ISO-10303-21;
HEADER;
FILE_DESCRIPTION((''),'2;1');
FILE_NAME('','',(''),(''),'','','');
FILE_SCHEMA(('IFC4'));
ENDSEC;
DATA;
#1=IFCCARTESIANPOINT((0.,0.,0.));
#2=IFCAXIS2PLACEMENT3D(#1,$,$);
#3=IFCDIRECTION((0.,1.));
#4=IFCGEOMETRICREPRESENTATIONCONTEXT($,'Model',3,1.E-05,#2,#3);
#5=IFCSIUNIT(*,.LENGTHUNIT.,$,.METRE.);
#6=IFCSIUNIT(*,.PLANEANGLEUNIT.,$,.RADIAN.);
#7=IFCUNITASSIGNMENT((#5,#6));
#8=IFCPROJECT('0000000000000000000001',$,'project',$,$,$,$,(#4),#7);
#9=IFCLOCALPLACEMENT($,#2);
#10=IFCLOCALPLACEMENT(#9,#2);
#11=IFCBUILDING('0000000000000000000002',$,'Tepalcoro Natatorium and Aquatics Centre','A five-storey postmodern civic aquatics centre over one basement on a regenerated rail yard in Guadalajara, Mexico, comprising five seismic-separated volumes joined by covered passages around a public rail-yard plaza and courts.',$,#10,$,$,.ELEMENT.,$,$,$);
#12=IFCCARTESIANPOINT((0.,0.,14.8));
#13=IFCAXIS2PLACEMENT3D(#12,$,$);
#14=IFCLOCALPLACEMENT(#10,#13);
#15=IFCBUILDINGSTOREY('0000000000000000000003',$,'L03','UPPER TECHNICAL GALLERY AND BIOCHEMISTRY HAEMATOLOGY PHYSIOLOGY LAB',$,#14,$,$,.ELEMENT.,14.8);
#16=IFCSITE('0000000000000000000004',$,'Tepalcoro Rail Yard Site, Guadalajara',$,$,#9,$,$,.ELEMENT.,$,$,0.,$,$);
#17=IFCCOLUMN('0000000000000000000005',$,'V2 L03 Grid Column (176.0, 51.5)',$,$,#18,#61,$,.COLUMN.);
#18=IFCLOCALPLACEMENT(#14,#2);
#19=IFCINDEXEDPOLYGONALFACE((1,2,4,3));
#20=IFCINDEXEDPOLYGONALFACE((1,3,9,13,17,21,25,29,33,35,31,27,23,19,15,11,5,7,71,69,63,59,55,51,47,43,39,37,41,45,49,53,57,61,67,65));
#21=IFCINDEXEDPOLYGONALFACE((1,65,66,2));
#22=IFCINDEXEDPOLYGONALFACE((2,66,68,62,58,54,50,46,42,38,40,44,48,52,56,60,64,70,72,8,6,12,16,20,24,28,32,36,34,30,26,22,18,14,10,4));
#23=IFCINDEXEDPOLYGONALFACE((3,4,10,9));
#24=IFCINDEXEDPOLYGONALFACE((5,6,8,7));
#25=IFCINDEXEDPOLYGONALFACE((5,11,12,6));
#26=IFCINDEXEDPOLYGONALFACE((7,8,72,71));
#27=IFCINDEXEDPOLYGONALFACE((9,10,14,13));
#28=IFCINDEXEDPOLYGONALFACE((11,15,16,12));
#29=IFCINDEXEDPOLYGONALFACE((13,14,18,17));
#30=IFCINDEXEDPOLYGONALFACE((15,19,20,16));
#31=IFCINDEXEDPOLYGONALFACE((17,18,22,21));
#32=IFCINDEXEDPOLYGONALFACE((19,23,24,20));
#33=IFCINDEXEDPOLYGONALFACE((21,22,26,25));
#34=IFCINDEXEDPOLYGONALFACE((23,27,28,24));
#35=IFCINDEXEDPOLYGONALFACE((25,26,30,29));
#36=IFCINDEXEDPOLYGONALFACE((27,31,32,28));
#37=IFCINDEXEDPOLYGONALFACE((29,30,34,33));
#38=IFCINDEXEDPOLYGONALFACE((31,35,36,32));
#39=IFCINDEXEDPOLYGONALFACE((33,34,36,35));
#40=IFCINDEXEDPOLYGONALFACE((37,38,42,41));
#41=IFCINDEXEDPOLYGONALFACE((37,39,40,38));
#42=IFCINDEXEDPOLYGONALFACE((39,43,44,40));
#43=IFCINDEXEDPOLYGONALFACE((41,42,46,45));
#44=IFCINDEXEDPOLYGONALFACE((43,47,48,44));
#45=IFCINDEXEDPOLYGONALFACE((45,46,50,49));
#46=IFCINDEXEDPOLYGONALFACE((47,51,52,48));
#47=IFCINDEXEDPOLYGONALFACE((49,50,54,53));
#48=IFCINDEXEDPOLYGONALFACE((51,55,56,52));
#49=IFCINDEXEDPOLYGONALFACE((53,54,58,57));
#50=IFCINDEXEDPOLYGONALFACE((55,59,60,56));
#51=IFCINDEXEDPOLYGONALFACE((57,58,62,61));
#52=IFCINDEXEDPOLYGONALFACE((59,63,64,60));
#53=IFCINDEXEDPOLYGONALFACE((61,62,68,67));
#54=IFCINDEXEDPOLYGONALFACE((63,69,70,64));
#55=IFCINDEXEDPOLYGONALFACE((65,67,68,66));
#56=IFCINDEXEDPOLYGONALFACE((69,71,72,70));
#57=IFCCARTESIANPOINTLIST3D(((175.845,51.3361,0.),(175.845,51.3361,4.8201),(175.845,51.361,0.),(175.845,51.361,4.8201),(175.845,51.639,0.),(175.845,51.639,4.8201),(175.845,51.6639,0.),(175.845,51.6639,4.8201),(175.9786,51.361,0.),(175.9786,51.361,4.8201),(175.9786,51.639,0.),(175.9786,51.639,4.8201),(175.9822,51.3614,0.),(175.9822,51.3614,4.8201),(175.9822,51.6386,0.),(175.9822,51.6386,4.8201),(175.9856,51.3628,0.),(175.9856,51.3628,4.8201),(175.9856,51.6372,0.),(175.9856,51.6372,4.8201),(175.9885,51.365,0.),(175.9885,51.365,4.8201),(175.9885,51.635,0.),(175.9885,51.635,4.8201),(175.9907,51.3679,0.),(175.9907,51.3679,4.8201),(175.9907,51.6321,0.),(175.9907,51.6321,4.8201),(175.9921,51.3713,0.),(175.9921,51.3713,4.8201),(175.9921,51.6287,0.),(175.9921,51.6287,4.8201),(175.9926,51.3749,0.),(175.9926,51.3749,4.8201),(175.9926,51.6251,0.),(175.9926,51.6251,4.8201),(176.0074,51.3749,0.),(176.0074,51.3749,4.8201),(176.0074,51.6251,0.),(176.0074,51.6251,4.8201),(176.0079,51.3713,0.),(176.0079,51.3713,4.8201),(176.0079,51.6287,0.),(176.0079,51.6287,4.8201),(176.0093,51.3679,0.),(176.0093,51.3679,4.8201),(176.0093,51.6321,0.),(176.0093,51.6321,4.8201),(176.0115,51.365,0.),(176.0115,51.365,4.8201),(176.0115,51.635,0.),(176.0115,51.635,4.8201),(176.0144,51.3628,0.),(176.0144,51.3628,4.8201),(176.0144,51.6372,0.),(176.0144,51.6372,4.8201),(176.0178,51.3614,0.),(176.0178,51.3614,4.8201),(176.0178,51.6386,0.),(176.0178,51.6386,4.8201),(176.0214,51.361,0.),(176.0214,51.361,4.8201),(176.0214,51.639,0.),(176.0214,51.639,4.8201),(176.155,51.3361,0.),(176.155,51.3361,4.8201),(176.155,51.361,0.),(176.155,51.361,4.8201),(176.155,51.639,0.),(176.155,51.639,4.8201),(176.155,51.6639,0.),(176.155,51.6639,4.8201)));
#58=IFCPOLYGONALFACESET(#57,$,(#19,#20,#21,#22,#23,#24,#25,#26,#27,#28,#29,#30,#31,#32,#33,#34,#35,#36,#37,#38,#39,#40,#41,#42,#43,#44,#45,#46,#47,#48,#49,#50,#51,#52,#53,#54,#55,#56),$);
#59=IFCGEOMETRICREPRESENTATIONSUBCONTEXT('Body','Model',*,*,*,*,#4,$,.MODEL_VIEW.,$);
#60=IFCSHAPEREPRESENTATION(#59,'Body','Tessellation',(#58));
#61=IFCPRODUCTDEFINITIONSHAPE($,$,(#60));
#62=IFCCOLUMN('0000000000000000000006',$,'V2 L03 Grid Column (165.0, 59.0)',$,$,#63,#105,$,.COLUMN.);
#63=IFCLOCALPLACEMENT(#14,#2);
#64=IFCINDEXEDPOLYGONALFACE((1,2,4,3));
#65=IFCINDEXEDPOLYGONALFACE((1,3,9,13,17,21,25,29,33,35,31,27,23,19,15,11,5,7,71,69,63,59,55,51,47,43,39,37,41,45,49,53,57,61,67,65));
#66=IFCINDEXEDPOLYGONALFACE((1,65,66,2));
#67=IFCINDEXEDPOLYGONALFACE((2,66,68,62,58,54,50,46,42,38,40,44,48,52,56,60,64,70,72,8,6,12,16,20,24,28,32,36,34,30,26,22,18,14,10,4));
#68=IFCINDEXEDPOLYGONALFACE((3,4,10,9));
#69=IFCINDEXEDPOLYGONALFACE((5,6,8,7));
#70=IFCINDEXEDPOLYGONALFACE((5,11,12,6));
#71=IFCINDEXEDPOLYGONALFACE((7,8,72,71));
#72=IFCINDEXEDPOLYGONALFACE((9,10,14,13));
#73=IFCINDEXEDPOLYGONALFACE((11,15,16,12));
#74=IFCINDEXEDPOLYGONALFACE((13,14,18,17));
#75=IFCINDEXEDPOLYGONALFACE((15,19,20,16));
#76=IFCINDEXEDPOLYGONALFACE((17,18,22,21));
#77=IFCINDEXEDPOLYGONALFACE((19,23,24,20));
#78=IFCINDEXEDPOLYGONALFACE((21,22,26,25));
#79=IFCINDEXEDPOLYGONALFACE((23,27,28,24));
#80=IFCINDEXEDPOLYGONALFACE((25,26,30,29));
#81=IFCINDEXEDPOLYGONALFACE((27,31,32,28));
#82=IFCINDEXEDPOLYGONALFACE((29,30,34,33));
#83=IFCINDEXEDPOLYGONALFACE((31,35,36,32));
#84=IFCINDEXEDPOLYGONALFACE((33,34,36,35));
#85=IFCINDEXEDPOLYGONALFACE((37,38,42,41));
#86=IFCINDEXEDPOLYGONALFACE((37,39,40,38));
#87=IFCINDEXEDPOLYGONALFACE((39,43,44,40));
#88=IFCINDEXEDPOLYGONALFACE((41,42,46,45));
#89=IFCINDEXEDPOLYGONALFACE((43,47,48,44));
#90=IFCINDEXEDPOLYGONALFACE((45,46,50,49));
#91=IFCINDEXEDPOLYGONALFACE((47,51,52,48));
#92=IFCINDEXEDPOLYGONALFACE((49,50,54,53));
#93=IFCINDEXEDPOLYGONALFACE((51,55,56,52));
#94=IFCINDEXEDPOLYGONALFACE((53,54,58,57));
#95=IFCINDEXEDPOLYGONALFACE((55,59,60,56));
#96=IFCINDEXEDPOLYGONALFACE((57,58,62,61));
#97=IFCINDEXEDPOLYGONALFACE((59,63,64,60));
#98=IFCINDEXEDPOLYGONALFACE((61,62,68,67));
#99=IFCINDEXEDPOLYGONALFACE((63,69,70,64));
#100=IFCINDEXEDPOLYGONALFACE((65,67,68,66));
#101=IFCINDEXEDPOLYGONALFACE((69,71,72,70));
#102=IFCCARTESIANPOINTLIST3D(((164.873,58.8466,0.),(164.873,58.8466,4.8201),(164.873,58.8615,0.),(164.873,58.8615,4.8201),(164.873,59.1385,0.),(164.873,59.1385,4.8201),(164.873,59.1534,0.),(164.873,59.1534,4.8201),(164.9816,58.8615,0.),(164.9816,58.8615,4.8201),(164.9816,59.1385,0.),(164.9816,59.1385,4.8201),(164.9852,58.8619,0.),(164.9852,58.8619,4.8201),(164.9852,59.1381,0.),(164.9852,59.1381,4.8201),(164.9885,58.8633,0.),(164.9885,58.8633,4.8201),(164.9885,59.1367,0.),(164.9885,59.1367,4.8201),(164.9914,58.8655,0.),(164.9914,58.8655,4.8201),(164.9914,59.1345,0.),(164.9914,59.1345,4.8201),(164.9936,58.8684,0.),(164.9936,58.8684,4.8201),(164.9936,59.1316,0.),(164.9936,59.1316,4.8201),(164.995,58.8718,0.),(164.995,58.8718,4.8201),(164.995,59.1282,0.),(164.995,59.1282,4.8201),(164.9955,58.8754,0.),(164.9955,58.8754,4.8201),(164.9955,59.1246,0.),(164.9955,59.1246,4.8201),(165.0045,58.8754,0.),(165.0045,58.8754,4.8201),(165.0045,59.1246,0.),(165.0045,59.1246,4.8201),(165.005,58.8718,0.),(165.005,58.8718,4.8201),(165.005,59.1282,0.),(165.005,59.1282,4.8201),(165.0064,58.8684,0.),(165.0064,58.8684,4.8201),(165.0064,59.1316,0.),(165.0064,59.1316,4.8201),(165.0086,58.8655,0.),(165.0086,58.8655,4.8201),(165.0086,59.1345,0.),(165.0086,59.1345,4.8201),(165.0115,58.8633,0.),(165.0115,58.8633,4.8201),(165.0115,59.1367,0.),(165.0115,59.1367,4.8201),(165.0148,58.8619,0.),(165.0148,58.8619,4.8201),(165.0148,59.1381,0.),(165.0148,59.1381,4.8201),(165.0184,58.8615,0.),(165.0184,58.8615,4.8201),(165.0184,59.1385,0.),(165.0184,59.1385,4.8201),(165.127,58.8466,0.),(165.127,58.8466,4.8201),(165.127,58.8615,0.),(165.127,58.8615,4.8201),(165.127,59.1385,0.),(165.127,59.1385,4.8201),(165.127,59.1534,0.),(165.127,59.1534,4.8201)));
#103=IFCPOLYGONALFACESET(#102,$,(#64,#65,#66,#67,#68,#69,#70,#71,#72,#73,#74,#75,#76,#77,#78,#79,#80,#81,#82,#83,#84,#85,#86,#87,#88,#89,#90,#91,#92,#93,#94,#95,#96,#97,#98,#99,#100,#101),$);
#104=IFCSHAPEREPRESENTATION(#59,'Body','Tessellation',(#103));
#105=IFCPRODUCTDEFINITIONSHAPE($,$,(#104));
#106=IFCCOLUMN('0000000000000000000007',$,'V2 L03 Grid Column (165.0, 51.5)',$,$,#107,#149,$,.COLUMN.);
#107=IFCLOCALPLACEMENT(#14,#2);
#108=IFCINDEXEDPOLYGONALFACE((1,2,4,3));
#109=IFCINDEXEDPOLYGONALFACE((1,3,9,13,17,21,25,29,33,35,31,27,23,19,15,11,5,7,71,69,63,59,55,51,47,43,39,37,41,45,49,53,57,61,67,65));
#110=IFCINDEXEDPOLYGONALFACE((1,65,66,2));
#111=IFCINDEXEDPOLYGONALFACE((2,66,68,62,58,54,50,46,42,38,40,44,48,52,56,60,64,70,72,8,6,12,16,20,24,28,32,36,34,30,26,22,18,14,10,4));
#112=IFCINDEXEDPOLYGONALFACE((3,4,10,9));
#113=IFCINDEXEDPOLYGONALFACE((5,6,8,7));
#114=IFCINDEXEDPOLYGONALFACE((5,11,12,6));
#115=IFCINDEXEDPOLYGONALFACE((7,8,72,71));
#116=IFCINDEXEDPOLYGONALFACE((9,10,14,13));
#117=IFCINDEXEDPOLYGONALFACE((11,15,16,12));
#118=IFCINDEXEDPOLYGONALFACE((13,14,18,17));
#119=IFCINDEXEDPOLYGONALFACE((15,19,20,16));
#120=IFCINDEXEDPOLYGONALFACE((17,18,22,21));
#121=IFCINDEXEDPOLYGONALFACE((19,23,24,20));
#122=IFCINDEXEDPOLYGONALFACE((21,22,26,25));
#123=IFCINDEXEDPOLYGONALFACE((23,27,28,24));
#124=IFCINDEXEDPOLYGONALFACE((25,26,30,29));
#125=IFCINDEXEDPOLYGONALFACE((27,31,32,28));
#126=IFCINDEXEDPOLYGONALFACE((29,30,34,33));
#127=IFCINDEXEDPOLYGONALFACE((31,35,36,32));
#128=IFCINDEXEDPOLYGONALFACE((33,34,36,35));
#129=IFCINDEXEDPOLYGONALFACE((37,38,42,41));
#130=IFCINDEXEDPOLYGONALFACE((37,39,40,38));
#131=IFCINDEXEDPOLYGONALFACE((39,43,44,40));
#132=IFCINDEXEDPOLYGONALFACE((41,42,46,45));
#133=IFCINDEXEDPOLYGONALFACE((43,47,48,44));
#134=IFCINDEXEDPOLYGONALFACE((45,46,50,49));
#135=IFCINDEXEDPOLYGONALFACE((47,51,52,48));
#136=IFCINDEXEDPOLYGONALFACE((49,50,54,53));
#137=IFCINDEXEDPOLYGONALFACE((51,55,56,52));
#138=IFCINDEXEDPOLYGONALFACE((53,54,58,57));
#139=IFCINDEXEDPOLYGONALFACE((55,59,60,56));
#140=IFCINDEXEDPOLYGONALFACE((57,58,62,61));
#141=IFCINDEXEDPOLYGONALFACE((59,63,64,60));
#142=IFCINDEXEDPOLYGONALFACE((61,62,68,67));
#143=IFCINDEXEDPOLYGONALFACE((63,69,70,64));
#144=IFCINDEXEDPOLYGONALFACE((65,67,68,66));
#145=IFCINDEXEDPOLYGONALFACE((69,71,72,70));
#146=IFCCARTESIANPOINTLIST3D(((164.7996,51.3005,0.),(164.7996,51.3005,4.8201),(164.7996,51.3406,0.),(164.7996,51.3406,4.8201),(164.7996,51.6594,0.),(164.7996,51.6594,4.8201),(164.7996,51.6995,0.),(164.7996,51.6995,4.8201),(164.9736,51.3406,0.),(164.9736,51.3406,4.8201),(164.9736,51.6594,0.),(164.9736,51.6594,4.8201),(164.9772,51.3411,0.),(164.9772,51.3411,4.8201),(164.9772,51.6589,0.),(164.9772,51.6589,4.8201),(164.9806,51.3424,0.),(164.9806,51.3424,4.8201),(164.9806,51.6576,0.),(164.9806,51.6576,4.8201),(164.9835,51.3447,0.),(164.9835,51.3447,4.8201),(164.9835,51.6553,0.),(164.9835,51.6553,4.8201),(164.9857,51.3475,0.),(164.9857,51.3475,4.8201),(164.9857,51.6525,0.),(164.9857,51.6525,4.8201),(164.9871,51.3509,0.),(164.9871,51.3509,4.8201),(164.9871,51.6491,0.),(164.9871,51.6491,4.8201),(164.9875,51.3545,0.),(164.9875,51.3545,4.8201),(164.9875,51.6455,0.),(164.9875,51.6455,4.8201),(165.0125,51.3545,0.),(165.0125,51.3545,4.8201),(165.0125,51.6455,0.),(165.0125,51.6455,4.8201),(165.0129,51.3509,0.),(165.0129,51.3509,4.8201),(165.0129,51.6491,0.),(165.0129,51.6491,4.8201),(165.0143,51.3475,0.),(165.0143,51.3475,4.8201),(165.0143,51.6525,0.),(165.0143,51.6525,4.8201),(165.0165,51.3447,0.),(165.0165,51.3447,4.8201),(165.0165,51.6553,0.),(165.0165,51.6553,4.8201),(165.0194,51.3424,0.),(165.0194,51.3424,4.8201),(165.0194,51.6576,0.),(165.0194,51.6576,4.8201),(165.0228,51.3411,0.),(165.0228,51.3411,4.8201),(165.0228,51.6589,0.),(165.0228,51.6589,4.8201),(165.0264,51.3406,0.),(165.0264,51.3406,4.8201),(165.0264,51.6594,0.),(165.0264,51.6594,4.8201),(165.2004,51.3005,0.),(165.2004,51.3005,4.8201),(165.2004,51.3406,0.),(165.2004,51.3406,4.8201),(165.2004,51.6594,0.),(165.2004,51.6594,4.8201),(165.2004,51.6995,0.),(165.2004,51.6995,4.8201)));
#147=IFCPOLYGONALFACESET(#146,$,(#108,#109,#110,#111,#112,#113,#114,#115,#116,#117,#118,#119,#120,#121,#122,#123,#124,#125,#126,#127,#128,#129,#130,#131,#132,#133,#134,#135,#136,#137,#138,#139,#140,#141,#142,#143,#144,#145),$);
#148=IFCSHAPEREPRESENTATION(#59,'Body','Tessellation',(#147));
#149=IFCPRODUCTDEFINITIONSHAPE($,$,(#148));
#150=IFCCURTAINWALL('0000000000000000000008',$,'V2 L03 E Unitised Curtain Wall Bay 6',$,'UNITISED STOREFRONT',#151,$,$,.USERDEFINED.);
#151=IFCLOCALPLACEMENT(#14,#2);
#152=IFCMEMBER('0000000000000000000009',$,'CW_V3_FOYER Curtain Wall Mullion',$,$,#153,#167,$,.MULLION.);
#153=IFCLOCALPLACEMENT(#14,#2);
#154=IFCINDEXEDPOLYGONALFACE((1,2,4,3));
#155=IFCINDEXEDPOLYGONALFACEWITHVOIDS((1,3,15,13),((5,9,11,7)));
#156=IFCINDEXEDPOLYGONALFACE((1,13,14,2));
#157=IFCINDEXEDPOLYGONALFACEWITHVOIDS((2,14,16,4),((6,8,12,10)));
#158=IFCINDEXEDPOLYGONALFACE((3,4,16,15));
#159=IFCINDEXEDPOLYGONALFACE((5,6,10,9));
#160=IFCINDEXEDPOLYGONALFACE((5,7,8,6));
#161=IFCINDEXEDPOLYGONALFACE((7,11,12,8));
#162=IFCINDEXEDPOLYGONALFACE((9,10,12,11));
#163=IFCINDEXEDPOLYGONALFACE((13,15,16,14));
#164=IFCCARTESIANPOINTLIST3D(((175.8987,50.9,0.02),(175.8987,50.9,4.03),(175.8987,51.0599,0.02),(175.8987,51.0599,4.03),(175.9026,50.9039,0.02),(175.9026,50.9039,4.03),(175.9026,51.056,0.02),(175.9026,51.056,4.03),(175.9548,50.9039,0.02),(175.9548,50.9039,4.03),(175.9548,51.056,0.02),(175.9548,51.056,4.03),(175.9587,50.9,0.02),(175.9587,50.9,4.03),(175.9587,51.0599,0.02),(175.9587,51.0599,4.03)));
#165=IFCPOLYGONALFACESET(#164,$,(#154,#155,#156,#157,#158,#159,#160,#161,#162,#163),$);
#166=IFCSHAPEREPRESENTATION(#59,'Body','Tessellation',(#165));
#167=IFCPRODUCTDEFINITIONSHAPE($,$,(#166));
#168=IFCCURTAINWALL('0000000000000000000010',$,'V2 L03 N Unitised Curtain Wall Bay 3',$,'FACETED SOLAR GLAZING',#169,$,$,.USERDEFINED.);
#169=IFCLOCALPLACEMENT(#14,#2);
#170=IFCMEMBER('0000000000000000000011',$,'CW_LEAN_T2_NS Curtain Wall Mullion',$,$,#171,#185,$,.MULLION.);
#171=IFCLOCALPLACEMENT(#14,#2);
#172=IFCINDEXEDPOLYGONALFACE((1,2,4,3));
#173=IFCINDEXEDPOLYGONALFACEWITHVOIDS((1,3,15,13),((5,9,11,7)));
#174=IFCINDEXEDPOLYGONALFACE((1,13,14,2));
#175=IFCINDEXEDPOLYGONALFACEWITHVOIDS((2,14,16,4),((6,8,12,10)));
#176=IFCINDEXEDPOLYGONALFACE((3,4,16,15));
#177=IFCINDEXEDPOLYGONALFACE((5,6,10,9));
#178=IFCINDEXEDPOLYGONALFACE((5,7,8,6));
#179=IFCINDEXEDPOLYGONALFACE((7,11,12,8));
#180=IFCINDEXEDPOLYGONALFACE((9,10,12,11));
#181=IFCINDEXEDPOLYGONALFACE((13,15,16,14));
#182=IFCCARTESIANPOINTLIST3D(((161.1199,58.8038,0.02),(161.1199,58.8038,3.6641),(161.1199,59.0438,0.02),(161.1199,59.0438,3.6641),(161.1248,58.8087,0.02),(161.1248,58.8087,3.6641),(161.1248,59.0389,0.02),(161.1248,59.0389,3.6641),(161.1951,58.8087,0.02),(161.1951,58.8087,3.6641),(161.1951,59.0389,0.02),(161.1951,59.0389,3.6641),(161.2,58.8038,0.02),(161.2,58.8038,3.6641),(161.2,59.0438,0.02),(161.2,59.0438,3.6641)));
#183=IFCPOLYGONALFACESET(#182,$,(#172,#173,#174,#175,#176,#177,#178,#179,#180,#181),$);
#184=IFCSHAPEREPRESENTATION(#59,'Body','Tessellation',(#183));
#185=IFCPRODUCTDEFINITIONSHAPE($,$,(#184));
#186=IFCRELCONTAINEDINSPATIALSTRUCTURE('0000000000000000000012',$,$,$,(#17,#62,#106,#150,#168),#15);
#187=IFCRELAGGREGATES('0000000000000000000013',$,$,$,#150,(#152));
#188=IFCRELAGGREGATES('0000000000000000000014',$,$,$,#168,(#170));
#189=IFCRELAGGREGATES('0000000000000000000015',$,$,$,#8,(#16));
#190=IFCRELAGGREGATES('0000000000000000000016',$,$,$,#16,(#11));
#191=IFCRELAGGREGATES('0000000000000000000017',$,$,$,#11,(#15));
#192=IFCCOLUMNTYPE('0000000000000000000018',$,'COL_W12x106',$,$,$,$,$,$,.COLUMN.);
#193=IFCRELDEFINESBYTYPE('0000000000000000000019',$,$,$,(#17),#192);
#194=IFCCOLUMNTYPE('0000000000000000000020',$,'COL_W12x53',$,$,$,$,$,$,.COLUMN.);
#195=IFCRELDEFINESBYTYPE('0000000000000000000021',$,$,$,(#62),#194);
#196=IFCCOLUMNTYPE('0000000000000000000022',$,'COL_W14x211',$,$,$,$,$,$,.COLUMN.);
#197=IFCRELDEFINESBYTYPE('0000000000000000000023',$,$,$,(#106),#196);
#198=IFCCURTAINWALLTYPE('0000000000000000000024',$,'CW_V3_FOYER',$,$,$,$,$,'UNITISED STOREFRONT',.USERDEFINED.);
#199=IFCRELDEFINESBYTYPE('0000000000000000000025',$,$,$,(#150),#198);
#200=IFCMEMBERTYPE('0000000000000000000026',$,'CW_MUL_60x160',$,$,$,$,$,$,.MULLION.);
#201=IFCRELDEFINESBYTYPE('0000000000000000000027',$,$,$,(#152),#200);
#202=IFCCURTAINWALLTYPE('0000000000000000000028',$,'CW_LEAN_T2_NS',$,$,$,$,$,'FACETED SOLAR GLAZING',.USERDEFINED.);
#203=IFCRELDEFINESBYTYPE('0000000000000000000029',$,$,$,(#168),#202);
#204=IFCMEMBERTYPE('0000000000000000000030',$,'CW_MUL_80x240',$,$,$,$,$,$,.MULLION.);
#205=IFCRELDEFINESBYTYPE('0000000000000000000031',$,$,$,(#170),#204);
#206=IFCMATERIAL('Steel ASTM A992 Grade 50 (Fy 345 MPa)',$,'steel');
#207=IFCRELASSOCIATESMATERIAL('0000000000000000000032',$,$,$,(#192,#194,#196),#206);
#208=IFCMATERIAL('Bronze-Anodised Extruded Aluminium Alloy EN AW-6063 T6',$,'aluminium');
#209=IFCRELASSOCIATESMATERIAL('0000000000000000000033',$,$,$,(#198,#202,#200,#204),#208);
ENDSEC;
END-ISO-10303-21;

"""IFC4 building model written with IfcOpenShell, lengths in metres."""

from ifc_helpers import new_model, si_unit, direction, frame, origin, origin_2d, place, context, subcontext, project, spatial, hollow_rectangle, i_section, extrude, material, material_profile, profile_set, type_object, element, aggregate, save


model = new_model("IFC4")

# Units and contexts
model_context = context("Model", 3, precision=1e-05, world=origin(), true_north=direction((0.0, 1.0)))
body_context = subcontext(model_context, "Body", "Model", "MODEL_VIEW")
ifc_project = project(units=[si_unit("LENGTHUNIT", "METRE"), si_unit("PLANEANGLEUNIT", "RADIAN")], contexts=[model_context])

# Site, building, storey
site_placement = place(None, origin())
site = spatial("IfcSite", under=ifc_project, at=site_placement, Name="Tepalcoro Rail Yard Site, Guadalajara", CompositionType="ELEMENT", RefElevation=0.0)
building_placement = place(site_placement, origin())
building = spatial("IfcBuilding", under=site, at=building_placement, Name="Tepalcoro Natatorium and Aquatics Centre", Description="A five-storey postmodern civic aquatics centre over one basement on a regenerated rail yard in Guadalajara, Mexico, comprising five seismic-separated volumes joined by covered passages around a public rail-yard plaza and courts.", CompositionType="ELEMENT")
storey_placement = place(building_placement, frame((0.0, 0.0, 14.8)))
storey = spatial("IfcBuildingStorey", under=building, at=storey_placement, Name="L03", Description="UPPER TECHNICAL GALLERY AND BIOCHEMISTRY HAEMATOLOGY PHYSIOLOGY LAB", CompositionType="ELEMENT", Elevation=14.8)

# Columns
ifc_material_1 = material(Name="Steel ASTM A992 Grade 50 (Fy 345 MPa)", Category="steel")
ifc_material_profile_1 = material_profile(ifc_material_1, i_section(OverallWidth=0.3101, OverallDepth=0.3279, WebThickness=0.0149, FlangeThickness=0.0249, FilletRadius=0.0139, at=origin_2d()), Name="W12X106")
ifc_profile_set_1 = profile_set([ifc_material_profile_1], Name="Steel ASTM A992 Grade 50 (Fy 345 MPa)")
column_type_1 = type_object("IfcColumnType", Name="COL_W12x106", PredefinedType="COLUMN", material=ifc_profile_set_1)
column_1_placement = place(storey_placement, frame((176.0, 51.5, 0.0), z_axis=(0.0, 0.0, 1.0), x_axis=(1.0, 0.0, 0.0)))
element("IfcColumn", 1, at=column_1_placement, inside=storey, type_object=column_type_1, Name="V2 L03 Grid Column (176.0, 51.5)", PredefinedType="COLUMN", context=body_context, shape_type="SweptSolid", body=[
    extrude(i_section(OverallWidth=0.3101, OverallDepth=0.3279, WebThickness=0.0149, FlangeThickness=0.0249, FilletRadius=0.0139, at=origin_2d()), origin(), (0.0, 0.0, 1.0), 4.8201),
])
ifc_material_profile_2 = material_profile(ifc_material_1, i_section(OverallWidth=0.2539, OverallDepth=0.3069, WebThickness=0.009, FlangeThickness=0.0149, FilletRadius=0.0139, at=origin_2d()), Name="W12X53")
ifc_profile_set_2 = profile_set([ifc_material_profile_2], Name="Steel ASTM A992 Grade 50 (Fy 345 MPa)")
column_type_2 = type_object("IfcColumnType", Name="COL_W12x53", PredefinedType="COLUMN", material=ifc_profile_set_2)
column_2_placement = place(storey_placement, frame((165.0, 59.0, 0.0), z_axis=(0.0, 0.0, 1.0), x_axis=(1.0, 0.0, 0.0)))
element("IfcColumn", 2, at=column_2_placement, inside=storey, type_object=column_type_2, Name="V2 L03 Grid Column (165.0, 59.0)", PredefinedType="COLUMN", context=body_context, shape_type="SweptSolid", body=[
    extrude(i_section(OverallWidth=0.2539, OverallDepth=0.3069, WebThickness=0.009, FlangeThickness=0.0149, FilletRadius=0.0139, at=origin_2d()), origin(), (0.0, 0.0, 1.0), 4.8201),
])
ifc_material_profile_3 = material_profile(ifc_material_1, i_section(OverallWidth=0.4009, OverallDepth=0.3989, WebThickness=0.0249, FlangeThickness=0.04, FilletRadius=0.0139, at=origin_2d()), Name="W14X211")
ifc_profile_set_3 = profile_set([ifc_material_profile_3], Name="Steel ASTM A992 Grade 50 (Fy 345 MPa)")
column_type_3 = type_object("IfcColumnType", Name="COL_W14x211", PredefinedType="COLUMN", material=ifc_profile_set_3)
column_3_placement = place(storey_placement, frame((165.0, 51.5, 0.0), z_axis=(0.0, 0.0, 1.0), x_axis=(1.0, 0.0, 0.0)))
element("IfcColumn", 3, at=column_3_placement, inside=storey, type_object=column_type_3, Name="V2 L03 Grid Column (165.0, 51.5)", PredefinedType="COLUMN", context=body_context, shape_type="SweptSolid", body=[
    extrude(i_section(OverallWidth=0.4009, OverallDepth=0.3989, WebThickness=0.0249, FlangeThickness=0.04, FilletRadius=0.0139, at=origin_2d()), origin(), (0.0, 0.0, 1.0), 4.8201),
])

# Curtain wall, member
ifc_material_2 = material(Name="Bronze-Anodised Extruded Aluminium Alloy EN AW-6063 T6", Category="aluminium")
curtain_wall_type_1 = type_object("IfcCurtainWallType", Name="CW_V3_FOYER", ElementType="UNITISED STOREFRONT", PredefinedType="USERDEFINED", material=ifc_material_2)
curtain_wall_1_placement = place(storey_placement, origin())
curtain_wall_1 = element("IfcCurtainWall", 4, at=curtain_wall_1_placement, inside=storey, type_object=curtain_wall_type_1, Name="V2 L03 E Unitised Curtain Wall Bay 6", ObjectType="UNITISED STOREFRONT", PredefinedType="USERDEFINED")
ifc_material_profile_4 = material_profile(ifc_material_2, hollow_rectangle(XDim=0.0601, YDim=0.1599, WallThickness=0.0039, at=origin_2d()), Name="AL60X160X4")
ifc_profile_set_4 = profile_set([ifc_material_profile_4], Name="Bronze-Anodised Extruded Aluminium Alloy EN AW-6063 T6")
member_type_1 = type_object("IfcMemberType", Name="CW_MUL_60x160", PredefinedType="MULLION", material=ifc_profile_set_4)
member_1_placement = place(storey_placement, frame((175.9287, 50.98, 0.02), z_axis=(0.0, 0.0, 1.0), x_axis=(1.0, 0.0, 0.0)))
member_1 = element("IfcMember", 5, at=member_1_placement, type_object=member_type_1, Name="CW_V3_FOYER Curtain Wall Mullion", PredefinedType="MULLION", context=body_context, shape_type="SweptSolid", body=[
    extrude(hollow_rectangle(XDim=0.0601, YDim=0.1599, WallThickness=0.0039, at=origin_2d()), origin(), (0.0, 0.0, 1.0), 4.01),
])

# Curtain wall, member
curtain_wall_type_2 = type_object("IfcCurtainWallType", Name="CW_LEAN_T2_NS", ElementType="FACETED SOLAR GLAZING", PredefinedType="USERDEFINED", material=ifc_material_2)
curtain_wall_2_placement = place(storey_placement, origin())
curtain_wall_2 = element("IfcCurtainWall", 6, at=curtain_wall_2_placement, inside=storey, type_object=curtain_wall_type_2, Name="V2 L03 N Unitised Curtain Wall Bay 3", ObjectType="FACETED SOLAR GLAZING", PredefinedType="USERDEFINED")
ifc_material_profile_5 = material_profile(ifc_material_2, hollow_rectangle(XDim=0.0801, YDim=0.24, WallThickness=0.0049, at=origin_2d()), Name="AL80X240X5")
ifc_profile_set_5 = profile_set([ifc_material_profile_5], Name="Bronze-Anodised Extruded Aluminium Alloy EN AW-6063 T6")
member_type_2 = type_object("IfcMemberType", Name="CW_MUL_80x240", PredefinedType="MULLION", material=ifc_profile_set_5)
member_2_placement = place(storey_placement, frame((161.1599, 58.9238, 0.02), z_axis=(0.0, 0.0, 1.0), x_axis=(1.0, 0.0, 0.0)))
member_2 = element("IfcMember", 7, at=member_2_placement, type_object=member_type_2, Name="CW_LEAN_T2_NS Curtain Wall Mullion", PredefinedType="MULLION", context=body_context, shape_type="SweptSolid", body=[
    extrude(hollow_rectangle(XDim=0.0801, YDim=0.24, WallThickness=0.0049, at=origin_2d()), origin(), (0.0, 0.0, 1.0), 3.644),
])

aggregate(curtain_wall_1, [member_1])
aggregate(curtain_wall_2, [member_2])

save(model, "model.ifc")
